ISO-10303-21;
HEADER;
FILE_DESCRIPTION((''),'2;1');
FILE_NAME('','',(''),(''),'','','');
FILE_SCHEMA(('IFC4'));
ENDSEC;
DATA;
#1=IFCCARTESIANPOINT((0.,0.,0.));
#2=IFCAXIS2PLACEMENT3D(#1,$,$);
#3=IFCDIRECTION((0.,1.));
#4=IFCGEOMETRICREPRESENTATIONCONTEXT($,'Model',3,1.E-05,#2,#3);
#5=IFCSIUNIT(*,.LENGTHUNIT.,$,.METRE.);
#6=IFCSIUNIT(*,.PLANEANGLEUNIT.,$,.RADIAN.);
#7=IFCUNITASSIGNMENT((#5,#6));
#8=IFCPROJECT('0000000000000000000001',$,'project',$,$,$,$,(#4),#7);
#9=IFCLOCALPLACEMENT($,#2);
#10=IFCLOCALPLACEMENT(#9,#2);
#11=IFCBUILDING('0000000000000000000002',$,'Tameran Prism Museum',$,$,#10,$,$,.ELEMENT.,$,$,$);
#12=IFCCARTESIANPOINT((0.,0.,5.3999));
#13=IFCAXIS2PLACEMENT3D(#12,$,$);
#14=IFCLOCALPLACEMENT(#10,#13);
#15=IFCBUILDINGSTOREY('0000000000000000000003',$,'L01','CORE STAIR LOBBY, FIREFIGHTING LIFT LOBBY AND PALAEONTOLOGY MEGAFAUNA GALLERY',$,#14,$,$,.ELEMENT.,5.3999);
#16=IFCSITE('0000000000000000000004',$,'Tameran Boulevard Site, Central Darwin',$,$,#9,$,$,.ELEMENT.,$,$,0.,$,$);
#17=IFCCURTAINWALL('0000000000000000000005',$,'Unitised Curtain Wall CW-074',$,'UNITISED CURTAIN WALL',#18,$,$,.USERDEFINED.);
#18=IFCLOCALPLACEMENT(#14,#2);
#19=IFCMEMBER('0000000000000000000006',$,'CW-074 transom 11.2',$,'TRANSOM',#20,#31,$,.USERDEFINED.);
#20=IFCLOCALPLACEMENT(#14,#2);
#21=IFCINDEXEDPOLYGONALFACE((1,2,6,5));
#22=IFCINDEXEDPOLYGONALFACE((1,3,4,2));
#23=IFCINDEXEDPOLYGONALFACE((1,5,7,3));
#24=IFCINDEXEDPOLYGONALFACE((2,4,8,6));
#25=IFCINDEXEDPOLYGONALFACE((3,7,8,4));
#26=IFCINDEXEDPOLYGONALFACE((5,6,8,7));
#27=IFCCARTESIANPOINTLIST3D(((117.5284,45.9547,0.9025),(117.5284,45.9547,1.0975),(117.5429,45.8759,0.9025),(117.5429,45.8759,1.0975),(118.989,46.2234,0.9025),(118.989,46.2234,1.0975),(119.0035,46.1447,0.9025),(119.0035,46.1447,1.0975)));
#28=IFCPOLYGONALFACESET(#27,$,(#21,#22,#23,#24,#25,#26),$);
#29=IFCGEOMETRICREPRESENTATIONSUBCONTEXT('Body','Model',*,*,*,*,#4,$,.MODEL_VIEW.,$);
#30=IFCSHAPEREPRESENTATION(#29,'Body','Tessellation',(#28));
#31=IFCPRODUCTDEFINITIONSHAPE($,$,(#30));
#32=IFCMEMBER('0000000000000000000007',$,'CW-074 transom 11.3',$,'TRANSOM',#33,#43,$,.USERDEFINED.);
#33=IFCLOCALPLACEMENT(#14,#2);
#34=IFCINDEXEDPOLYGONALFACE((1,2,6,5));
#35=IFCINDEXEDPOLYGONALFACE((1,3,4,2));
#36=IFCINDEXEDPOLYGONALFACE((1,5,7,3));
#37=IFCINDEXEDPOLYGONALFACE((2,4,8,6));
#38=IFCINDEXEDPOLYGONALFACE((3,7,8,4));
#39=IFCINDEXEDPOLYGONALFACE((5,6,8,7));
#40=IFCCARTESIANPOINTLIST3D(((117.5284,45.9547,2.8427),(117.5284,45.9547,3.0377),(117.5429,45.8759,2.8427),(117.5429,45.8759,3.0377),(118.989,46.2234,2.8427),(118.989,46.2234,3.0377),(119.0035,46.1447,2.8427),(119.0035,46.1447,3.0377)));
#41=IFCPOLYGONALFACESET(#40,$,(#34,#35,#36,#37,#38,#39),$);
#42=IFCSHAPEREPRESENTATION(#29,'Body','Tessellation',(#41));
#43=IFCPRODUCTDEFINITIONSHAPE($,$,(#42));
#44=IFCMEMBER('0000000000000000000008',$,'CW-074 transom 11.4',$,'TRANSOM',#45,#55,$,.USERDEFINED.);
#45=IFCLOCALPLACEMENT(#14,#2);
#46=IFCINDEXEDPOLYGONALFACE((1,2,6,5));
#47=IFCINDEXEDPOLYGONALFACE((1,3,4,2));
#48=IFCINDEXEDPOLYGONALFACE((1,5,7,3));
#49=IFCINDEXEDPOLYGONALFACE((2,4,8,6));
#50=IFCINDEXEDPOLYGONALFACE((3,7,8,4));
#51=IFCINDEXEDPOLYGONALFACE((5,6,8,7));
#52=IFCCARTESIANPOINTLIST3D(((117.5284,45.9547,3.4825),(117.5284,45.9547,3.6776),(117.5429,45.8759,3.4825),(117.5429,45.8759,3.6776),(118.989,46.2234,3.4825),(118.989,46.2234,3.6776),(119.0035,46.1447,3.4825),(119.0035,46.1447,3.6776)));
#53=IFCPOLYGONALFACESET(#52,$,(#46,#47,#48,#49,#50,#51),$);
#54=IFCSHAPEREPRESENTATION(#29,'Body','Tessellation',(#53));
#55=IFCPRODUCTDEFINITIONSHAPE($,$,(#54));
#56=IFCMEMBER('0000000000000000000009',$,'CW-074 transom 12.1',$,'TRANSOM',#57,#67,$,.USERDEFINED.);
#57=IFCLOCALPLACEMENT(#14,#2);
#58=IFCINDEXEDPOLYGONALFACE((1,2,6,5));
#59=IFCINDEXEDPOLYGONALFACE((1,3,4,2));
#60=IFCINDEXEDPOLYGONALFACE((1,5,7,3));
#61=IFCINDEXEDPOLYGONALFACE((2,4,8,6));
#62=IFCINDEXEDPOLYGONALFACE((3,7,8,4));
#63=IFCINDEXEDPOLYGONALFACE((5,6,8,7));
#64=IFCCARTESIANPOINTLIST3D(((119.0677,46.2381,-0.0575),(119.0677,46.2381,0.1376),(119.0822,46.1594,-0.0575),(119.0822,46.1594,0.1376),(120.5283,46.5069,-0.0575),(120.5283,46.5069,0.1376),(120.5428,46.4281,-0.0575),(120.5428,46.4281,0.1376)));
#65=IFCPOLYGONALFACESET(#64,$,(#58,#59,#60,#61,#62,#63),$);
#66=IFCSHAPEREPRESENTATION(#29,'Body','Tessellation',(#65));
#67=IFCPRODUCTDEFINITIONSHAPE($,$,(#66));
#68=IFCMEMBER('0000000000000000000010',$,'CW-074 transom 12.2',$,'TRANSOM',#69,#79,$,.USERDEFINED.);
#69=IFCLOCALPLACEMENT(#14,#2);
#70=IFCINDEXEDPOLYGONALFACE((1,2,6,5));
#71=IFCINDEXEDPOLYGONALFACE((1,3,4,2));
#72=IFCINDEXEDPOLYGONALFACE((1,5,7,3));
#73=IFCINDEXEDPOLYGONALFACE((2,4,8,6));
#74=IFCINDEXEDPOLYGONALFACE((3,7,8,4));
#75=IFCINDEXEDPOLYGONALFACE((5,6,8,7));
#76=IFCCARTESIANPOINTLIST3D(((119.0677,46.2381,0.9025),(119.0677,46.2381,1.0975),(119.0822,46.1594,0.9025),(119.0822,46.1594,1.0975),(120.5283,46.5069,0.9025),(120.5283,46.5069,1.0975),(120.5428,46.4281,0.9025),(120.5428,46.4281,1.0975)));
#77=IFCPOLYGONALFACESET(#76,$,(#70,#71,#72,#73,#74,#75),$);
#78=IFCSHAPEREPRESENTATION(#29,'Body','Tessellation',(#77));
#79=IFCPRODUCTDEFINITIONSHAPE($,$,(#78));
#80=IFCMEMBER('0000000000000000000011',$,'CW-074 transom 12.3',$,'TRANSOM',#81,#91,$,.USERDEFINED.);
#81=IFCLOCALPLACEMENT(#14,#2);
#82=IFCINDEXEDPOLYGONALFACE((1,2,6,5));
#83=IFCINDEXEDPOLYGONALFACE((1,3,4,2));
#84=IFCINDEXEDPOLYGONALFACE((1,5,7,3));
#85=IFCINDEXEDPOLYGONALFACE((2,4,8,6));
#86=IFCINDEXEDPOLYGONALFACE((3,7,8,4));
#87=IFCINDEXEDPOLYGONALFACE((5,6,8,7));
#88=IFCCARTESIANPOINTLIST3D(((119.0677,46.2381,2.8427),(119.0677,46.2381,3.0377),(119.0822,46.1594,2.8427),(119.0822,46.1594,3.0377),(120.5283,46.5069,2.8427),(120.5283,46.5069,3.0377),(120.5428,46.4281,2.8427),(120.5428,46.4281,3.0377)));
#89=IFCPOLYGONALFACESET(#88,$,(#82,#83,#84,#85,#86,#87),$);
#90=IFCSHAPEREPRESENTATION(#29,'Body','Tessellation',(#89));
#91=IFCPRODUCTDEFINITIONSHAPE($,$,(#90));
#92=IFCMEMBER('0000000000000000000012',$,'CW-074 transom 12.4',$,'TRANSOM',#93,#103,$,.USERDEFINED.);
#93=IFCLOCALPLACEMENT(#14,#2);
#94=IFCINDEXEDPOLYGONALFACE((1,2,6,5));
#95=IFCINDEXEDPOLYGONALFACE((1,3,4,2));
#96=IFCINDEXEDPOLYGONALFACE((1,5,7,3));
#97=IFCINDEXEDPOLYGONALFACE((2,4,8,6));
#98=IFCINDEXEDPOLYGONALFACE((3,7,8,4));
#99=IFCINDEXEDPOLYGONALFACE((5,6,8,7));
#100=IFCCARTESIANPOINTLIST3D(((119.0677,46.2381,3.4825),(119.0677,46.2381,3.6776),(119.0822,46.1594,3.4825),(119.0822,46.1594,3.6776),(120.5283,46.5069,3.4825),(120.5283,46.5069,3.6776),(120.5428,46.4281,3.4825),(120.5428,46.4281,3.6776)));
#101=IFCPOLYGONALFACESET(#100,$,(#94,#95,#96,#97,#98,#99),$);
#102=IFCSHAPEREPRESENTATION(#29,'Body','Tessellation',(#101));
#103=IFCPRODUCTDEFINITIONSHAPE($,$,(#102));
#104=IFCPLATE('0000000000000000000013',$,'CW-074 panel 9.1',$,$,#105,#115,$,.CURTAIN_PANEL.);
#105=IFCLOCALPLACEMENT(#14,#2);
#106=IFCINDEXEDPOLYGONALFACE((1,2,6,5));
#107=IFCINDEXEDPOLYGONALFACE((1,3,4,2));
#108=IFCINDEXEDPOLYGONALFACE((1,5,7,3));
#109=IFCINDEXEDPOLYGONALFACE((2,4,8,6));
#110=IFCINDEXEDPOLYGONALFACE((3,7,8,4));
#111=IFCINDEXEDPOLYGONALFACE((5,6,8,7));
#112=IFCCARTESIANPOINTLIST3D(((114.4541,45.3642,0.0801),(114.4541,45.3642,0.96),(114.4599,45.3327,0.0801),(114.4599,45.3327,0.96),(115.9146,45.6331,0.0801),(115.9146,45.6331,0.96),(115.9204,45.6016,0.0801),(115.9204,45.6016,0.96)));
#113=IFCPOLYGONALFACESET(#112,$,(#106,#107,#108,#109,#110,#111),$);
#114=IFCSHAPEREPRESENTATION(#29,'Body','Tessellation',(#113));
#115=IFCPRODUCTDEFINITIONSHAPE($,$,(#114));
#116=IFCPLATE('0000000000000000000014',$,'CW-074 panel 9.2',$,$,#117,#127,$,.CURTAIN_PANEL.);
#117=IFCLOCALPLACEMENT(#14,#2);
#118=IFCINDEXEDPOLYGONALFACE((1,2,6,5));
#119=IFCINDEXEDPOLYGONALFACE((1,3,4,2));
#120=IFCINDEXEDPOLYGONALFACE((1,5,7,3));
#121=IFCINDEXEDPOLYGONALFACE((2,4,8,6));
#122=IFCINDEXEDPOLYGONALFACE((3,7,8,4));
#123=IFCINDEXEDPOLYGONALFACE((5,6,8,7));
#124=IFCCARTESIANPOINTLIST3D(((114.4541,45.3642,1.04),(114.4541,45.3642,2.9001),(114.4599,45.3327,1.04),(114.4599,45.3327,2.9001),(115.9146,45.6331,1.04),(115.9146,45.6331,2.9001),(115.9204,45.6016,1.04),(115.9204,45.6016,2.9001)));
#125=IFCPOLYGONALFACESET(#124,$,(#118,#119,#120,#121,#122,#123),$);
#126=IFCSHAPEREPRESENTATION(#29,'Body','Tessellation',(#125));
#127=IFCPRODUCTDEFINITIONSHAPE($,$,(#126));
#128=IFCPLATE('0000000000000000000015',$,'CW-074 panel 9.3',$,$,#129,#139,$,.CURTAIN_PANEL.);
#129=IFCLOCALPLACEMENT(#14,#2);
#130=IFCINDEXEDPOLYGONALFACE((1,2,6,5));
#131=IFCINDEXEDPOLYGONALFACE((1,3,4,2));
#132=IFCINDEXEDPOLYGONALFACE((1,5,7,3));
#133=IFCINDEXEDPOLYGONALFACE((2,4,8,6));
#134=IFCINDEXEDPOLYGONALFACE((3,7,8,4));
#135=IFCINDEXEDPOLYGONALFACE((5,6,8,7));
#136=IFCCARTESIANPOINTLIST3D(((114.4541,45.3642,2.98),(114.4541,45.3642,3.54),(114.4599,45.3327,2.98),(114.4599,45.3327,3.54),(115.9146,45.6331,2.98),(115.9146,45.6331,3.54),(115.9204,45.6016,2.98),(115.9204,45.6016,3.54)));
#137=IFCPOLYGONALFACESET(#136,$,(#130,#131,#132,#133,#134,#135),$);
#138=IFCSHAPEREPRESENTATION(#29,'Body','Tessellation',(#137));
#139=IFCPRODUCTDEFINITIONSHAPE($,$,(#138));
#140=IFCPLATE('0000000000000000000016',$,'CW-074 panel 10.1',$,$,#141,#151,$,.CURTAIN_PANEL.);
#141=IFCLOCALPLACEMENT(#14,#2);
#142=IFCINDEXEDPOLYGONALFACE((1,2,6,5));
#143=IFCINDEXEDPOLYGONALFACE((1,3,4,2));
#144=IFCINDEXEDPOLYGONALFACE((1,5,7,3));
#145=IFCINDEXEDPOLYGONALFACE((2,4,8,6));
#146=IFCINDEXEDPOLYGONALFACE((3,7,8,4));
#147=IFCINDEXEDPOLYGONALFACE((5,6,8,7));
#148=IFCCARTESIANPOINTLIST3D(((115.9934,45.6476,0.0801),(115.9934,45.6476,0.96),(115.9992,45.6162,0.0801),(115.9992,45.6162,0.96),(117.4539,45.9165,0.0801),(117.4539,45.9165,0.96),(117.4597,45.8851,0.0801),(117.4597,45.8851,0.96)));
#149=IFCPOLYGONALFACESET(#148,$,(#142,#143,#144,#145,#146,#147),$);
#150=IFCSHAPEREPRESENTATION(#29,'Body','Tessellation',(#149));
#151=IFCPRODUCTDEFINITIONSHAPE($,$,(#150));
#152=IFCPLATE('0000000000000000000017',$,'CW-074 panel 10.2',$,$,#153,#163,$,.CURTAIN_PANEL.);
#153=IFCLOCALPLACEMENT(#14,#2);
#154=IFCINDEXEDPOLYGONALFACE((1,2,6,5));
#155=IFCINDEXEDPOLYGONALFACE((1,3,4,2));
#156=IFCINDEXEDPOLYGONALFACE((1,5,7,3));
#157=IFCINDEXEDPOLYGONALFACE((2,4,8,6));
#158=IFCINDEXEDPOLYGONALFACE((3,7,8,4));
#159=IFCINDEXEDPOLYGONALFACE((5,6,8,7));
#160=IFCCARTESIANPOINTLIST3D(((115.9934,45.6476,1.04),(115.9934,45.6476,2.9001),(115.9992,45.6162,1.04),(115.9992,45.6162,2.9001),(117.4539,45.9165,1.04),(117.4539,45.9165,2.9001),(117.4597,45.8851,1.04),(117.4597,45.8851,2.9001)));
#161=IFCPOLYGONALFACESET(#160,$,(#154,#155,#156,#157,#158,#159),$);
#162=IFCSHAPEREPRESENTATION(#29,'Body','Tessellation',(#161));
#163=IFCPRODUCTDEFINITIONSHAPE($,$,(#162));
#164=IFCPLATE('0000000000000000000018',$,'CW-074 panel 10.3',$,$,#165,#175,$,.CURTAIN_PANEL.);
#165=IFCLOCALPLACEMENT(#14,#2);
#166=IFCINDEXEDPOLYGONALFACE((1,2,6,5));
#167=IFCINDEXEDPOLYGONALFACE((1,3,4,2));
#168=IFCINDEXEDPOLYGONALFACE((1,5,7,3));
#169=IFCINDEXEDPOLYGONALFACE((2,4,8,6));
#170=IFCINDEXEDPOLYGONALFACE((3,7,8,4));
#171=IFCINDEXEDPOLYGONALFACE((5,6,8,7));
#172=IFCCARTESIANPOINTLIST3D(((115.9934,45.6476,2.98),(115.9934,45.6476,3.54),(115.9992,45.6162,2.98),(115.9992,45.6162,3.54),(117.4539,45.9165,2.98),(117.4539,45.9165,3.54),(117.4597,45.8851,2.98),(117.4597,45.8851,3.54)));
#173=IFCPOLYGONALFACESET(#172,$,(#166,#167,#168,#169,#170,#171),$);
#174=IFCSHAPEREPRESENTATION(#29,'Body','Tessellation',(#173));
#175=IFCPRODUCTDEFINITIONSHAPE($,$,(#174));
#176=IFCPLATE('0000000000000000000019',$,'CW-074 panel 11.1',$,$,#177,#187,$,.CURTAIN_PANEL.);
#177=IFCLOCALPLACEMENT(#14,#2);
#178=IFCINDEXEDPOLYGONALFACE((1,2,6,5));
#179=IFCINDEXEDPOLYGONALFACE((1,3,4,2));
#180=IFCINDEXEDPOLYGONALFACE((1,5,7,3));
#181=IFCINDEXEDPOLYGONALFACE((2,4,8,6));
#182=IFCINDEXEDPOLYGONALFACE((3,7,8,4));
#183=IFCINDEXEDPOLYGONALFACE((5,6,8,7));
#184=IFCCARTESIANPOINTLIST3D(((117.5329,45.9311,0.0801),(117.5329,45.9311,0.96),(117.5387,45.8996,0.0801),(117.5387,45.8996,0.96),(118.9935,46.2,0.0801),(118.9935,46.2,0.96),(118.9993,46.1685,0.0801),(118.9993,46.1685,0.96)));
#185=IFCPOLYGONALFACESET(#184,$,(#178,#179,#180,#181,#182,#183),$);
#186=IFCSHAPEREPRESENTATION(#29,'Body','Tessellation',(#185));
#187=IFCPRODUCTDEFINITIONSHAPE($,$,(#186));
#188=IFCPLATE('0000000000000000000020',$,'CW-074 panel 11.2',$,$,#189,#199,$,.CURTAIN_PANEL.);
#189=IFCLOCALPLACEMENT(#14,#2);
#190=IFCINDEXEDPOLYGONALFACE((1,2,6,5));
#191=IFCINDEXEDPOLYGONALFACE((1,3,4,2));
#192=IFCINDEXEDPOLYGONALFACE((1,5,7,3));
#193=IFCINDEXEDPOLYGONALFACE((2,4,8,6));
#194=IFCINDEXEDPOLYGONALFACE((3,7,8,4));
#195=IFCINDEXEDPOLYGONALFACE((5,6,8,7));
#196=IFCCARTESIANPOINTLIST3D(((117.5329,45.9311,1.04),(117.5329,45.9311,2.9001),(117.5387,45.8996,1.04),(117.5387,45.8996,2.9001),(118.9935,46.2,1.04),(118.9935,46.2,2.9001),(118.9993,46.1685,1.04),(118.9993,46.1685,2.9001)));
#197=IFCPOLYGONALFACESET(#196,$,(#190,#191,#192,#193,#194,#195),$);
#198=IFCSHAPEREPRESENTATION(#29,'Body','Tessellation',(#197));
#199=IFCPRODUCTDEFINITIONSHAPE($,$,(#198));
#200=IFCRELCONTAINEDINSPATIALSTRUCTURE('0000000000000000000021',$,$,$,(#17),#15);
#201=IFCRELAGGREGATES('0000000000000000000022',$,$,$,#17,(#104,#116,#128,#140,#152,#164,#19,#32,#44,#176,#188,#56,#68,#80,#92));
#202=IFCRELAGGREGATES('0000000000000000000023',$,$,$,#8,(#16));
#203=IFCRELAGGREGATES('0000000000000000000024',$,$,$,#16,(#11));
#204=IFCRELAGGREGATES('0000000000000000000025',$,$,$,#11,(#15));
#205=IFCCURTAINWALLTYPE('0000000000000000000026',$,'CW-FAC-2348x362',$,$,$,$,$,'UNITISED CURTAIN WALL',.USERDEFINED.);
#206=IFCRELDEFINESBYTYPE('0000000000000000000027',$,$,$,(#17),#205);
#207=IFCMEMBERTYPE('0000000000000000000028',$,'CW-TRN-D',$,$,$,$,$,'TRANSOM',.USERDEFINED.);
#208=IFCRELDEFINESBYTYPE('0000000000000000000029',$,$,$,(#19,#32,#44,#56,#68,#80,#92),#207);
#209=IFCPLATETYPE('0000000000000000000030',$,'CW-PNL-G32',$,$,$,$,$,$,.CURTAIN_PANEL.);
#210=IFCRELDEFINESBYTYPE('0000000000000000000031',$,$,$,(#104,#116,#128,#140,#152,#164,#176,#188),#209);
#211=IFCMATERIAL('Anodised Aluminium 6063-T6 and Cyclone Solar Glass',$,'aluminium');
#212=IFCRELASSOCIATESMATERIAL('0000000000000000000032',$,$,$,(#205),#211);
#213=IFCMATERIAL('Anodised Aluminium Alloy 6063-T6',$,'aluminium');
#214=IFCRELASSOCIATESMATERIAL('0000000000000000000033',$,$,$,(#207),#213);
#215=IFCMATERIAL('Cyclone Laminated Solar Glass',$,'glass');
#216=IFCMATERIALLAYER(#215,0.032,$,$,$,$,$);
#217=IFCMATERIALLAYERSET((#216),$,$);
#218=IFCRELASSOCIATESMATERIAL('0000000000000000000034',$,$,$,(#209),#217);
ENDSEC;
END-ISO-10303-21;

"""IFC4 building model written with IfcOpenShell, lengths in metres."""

from ifc_helpers import new_model, si_unit, direction, frame, origin, origin_2d, place, context, subcontext, project, spatial, rectangle, extrude, material, layer, layer_set, material_profile, profile_set, type_object, element, aggregate, save


model = new_model("IFC4")

# Units and contexts
model_context = context("Model", 3, precision=1e-05, world=origin(), true_north=direction((0.0, 1.0)))
body_context = subcontext(model_context, "Body", "Model", "MODEL_VIEW")
ifc_project = project(units=[si_unit("LENGTHUNIT", "METRE"), si_unit("PLANEANGLEUNIT", "RADIAN")], contexts=[model_context])

# Site, building, storey
site_placement = place(None, origin())
site = spatial("IfcSite", under=ifc_project, at=site_placement, Name="Tameran Boulevard Site, Central Darwin", CompositionType="ELEMENT", RefElevation=0.0)
building_placement = place(site_placement, origin())
building = spatial("IfcBuilding", under=site, at=building_placement, Name="Tameran Prism Museum", CompositionType="ELEMENT")
storey_placement = place(building_placement, frame((0.0, 0.0, 5.3999)))
storey = spatial("IfcBuildingStorey", under=building, at=storey_placement, Name="L01", Description="CORE STAIR LOBBY, FIREFIGHTING LIFT LOBBY AND PALAEONTOLOGY MEGAFAUNA GALLERY", CompositionType="ELEMENT", Elevation=5.3999)

# Curtain wall, members, plates
ifc_material_1 = material(Name="Anodised Aluminium 6063-T6 and Cyclone Solar Glass", Category="aluminium")
curtain_wall_type = type_object("IfcCurtainWallType", Name="CW-FAC-2348x362", ElementType="UNITISED CURTAIN WALL", PredefinedType="USERDEFINED", material=ifc_material_1)
curtain_wall_placement = place(storey_placement, origin())
curtain_wall = element("IfcCurtainWall", 1, at=curtain_wall_placement, inside=storey, type_object=curtain_wall_type, Name="Unitised Curtain Wall CW-074", ObjectType="UNITISED CURTAIN WALL", PredefinedType="USERDEFINED")
ifc_material_2 = material(Name="Anodised Aluminium Alloy 6063-T6", Category="aluminium")
ifc_material_profile_1 = material_profile(ifc_material_2, rectangle(XDim=0.0801, YDim=0.1951, at=origin_2d()))
ifc_profile_set_1 = profile_set([ifc_material_profile_1])
member_type_1 = type_object("IfcMemberType", Name="CW-TRN-D", ElementType="TRANSOM", PredefinedType="USERDEFINED", material=ifc_profile_set_1)
member_1_placement = place(storey_placement, frame((117.5356, 45.9153, 1.0), z_axis=(0.983486, 0.180983, 0.0), x_axis=(-0.180983, 0.983486, 0.0)))
member_1 = element("IfcMember", 2, at=member_1_placement, type_object=member_type_1, Name="CW-074 transom 11.2", ObjectType="TRANSOM", PredefinedType="USERDEFINED", context=body_context, shape_type="SweptSolid", body=[
    extrude(rectangle(XDim=0.0801, YDim=0.1951, at=origin_2d()), origin(), (0.0, 0.0, 1.0), 1.4851),
])
member_2_placement = place(storey_placement, frame((117.5356, 45.9153, 2.9402), z_axis=(0.983486, 0.180983, 0.0), x_axis=(-0.180983, 0.983486, 0.0)))
member_2 = element("IfcMember", 3, at=member_2_placement, type_object=member_type_1, Name="CW-074 transom 11.3", ObjectType="TRANSOM", PredefinedType="USERDEFINED", context=body_context, shape_type="SweptSolid", body=[
    extrude(rectangle(XDim=0.0801, YDim=0.1951, at=origin_2d()), origin(), (0.0, 0.0, 1.0), 1.4851),
])
member_3_placement = place(storey_placement, frame((117.5356, 45.9153, 3.5801), z_axis=(0.983486, 0.180983, 0.0), x_axis=(-0.180983, 0.983486, 0.0)))
member_3 = element("IfcMember", 4, at=member_3_placement, type_object=member_type_1, Name="CW-074 transom 11.4", ObjectType="TRANSOM", PredefinedType="USERDEFINED", context=body_context, shape_type="SweptSolid", body=[
    extrude(rectangle(XDim=0.0801, YDim=0.1951, at=origin_2d()), origin(), (0.0, 0.0, 1.0), 1.4851),
])
member_4_placement = place(storey_placement, frame((119.075, 46.1987, 0.04), z_axis=(0.983486, 0.180983, 0.0), x_axis=(-0.180983, 0.983486, 0.0)))
member_4 = element("IfcMember", 5, at=member_4_placement, type_object=member_type_1, Name="CW-074 transom 12.1", ObjectType="TRANSOM", PredefinedType="USERDEFINED", context=body_context, shape_type="SweptSolid", body=[
    extrude(rectangle(XDim=0.0801, YDim=0.1951, at=origin_2d()), origin(), (0.0, 0.0, 1.0), 1.4851),
])
member_5_placement = place(storey_placement, frame((119.075, 46.1987, 1.0), z_axis=(0.983486, 0.180983, 0.0), x_axis=(-0.180983, 0.983486, 0.0)))
member_5 = element("IfcMember", 6, at=member_5_placement, type_object=member_type_1, Name="CW-074 transom 12.2", ObjectType="TRANSOM", PredefinedType="USERDEFINED", context=body_context, shape_type="SweptSolid", body=[
    extrude(rectangle(XDim=0.0801, YDim=0.1951, at=origin_2d()), origin(), (0.0, 0.0, 1.0), 1.4851),
])
member_6_placement = place(storey_placement, frame((119.075, 46.1987, 2.9402), z_axis=(0.983486, 0.180983, 0.0), x_axis=(-0.180983, 0.983486, 0.0)))
member_6 = element("IfcMember", 7, at=member_6_placement, type_object=member_type_1, Name="CW-074 transom 12.3", ObjectType="TRANSOM", PredefinedType="USERDEFINED", context=body_context, shape_type="SweptSolid", body=[
    extrude(rectangle(XDim=0.0801, YDim=0.1951, at=origin_2d()), origin(), (0.0, 0.0, 1.0), 1.4851),
])
member_7_placement = place(storey_placement, frame((119.075, 46.1987, 3.5801), z_axis=(0.983486, 0.180983, 0.0), x_axis=(-0.180983, 0.983486, 0.0)))
member_7 = element("IfcMember", 8, at=member_7_placement, type_object=member_type_1, Name="CW-074 transom 12.4", ObjectType="TRANSOM", PredefinedType="USERDEFINED", context=body_context, shape_type="SweptSolid", body=[
    extrude(rectangle(XDim=0.0801, YDim=0.1951, at=origin_2d()), origin(), (0.0, 0.0, 1.0), 1.4851),
])
ifc_material_3 = material(Name="Cyclone Laminated Solar Glass", Category="glass")
ifc_layer = layer(ifc_material_3, 0.032)
ifc_layer_set = layer_set([ifc_layer])
plate_type = type_object("IfcPlateType", Name="CW-PNL-G32", PredefinedType="CURTAIN_PANEL", material=ifc_layer_set)
plate_1_placement = place(storey_placement, frame((115.1873, 45.4829, 0.0801), z_axis=(0.0, 0.0, 1.0), x_axis=(0.983472, 0.181063, 0.0)))
plate_1 = element("IfcPlate", 9, at=plate_1_placement, type_object=plate_type, Name="CW-074 panel 9.1", PredefinedType="CURTAIN_PANEL", context=body_context, shape_type="SweptSolid", body=[
    extrude(rectangle(XDim=1.4851, YDim=0.032, at=origin_2d()), origin(), (0.0, 0.0, 1.0), 0.8799),
])
plate_2_placement = place(storey_placement, frame((115.1873, 45.4829, 1.04), z_axis=(0.0, 0.0, 1.0), x_axis=(0.983472, 0.181063, 0.0)))
plate_2 = element("IfcPlate", 10, at=plate_2_placement, type_object=plate_type, Name="CW-074 panel 9.2", PredefinedType="CURTAIN_PANEL", context=body_context, shape_type="SweptSolid", body=[
    extrude(rectangle(XDim=1.4851, YDim=0.032, at=origin_2d()), origin(), (0.0, 0.0, 1.0), 1.8601),
])
plate_3_placement = place(storey_placement, frame((115.1873, 45.4829, 2.98), z_axis=(0.0, 0.0, 1.0), x_axis=(0.983472, 0.181063, 0.0)))
plate_3 = element("IfcPlate", 11, at=plate_3_placement, type_object=plate_type, Name="CW-074 panel 9.3", PredefinedType="CURTAIN_PANEL", context=body_context, shape_type="SweptSolid", body=[
    extrude(rectangle(XDim=1.4851, YDim=0.032, at=origin_2d()), origin(), (0.0, 0.0, 1.0), 0.5601),
])
plate_4_placement = place(storey_placement, frame((116.7266, 45.7664, 0.0801), z_axis=(0.0, 0.0, 1.0), x_axis=(0.983472, 0.181063, 0.0)))
plate_4 = element("IfcPlate", 12, at=plate_4_placement, type_object=plate_type, Name="CW-074 panel 10.1", PredefinedType="CURTAIN_PANEL", context=body_context, shape_type="SweptSolid", body=[
    extrude(rectangle(XDim=1.4851, YDim=0.032, at=origin_2d()), origin(), (0.0, 0.0, 1.0), 0.8799),
])
plate_5_placement = place(storey_placement, frame((116.7266, 45.7664, 1.04), z_axis=(0.0, 0.0, 1.0), x_axis=(0.983472, 0.181063, 0.0)))
plate_5 = element("IfcPlate", 13, at=plate_5_placement, type_object=plate_type, Name="CW-074 panel 10.2", PredefinedType="CURTAIN_PANEL", context=body_context, shape_type="SweptSolid", body=[
    extrude(rectangle(XDim=1.4851, YDim=0.032, at=origin_2d()), origin(), (0.0, 0.0, 1.0), 1.8601),
])
plate_6_placement = place(storey_placement, frame((116.7266, 45.7664, 2.98), z_axis=(0.0, 0.0, 1.0), x_axis=(0.983472, 0.181063, 0.0)))
plate_6 = element("IfcPlate", 14, at=plate_6_placement, type_object=plate_type, Name="CW-074 panel 10.3", PredefinedType="CURTAIN_PANEL", context=body_context, shape_type="SweptSolid", body=[
    extrude(rectangle(XDim=1.4851, YDim=0.032, at=origin_2d()), origin(), (0.0, 0.0, 1.0), 0.5601),
])
plate_7_placement = place(storey_placement, frame((118.2661, 46.0498, 0.0801), z_axis=(0.0, 0.0, 1.0), x_axis=(0.983472, 0.181063, 0.0)))
plate_7 = element("IfcPlate", 15, at=plate_7_placement, type_object=plate_type, Name="CW-074 panel 11.1", PredefinedType="CURTAIN_PANEL", context=body_context, shape_type="SweptSolid", body=[
    extrude(rectangle(XDim=1.4851, YDim=0.032, at=origin_2d()), origin(), (0.0, 0.0, 1.0), 0.8799),
])
plate_8_placement = place(storey_placement, frame((118.2661, 46.0498, 1.04), z_axis=(0.0, 0.0, 1.0), x_axis=(0.983472, 0.181063, 0.0)))
plate_8 = element("IfcPlate", 16, at=plate_8_placement, type_object=plate_type, Name="CW-074 panel 11.2", PredefinedType="CURTAIN_PANEL", context=body_context, shape_type="SweptSolid", body=[
    extrude(rectangle(XDim=1.4851, YDim=0.032, at=origin_2d()), origin(), (0.0, 0.0, 1.0), 1.8601),
])
aggregate(curtain_wall, [plate_1, plate_2, plate_3, plate_4, plate_5, plate_6, member_1, member_2, member_3, plate_7, plate_8, member_4, member_5, member_6, member_7])

save(model, "model.ifc")
